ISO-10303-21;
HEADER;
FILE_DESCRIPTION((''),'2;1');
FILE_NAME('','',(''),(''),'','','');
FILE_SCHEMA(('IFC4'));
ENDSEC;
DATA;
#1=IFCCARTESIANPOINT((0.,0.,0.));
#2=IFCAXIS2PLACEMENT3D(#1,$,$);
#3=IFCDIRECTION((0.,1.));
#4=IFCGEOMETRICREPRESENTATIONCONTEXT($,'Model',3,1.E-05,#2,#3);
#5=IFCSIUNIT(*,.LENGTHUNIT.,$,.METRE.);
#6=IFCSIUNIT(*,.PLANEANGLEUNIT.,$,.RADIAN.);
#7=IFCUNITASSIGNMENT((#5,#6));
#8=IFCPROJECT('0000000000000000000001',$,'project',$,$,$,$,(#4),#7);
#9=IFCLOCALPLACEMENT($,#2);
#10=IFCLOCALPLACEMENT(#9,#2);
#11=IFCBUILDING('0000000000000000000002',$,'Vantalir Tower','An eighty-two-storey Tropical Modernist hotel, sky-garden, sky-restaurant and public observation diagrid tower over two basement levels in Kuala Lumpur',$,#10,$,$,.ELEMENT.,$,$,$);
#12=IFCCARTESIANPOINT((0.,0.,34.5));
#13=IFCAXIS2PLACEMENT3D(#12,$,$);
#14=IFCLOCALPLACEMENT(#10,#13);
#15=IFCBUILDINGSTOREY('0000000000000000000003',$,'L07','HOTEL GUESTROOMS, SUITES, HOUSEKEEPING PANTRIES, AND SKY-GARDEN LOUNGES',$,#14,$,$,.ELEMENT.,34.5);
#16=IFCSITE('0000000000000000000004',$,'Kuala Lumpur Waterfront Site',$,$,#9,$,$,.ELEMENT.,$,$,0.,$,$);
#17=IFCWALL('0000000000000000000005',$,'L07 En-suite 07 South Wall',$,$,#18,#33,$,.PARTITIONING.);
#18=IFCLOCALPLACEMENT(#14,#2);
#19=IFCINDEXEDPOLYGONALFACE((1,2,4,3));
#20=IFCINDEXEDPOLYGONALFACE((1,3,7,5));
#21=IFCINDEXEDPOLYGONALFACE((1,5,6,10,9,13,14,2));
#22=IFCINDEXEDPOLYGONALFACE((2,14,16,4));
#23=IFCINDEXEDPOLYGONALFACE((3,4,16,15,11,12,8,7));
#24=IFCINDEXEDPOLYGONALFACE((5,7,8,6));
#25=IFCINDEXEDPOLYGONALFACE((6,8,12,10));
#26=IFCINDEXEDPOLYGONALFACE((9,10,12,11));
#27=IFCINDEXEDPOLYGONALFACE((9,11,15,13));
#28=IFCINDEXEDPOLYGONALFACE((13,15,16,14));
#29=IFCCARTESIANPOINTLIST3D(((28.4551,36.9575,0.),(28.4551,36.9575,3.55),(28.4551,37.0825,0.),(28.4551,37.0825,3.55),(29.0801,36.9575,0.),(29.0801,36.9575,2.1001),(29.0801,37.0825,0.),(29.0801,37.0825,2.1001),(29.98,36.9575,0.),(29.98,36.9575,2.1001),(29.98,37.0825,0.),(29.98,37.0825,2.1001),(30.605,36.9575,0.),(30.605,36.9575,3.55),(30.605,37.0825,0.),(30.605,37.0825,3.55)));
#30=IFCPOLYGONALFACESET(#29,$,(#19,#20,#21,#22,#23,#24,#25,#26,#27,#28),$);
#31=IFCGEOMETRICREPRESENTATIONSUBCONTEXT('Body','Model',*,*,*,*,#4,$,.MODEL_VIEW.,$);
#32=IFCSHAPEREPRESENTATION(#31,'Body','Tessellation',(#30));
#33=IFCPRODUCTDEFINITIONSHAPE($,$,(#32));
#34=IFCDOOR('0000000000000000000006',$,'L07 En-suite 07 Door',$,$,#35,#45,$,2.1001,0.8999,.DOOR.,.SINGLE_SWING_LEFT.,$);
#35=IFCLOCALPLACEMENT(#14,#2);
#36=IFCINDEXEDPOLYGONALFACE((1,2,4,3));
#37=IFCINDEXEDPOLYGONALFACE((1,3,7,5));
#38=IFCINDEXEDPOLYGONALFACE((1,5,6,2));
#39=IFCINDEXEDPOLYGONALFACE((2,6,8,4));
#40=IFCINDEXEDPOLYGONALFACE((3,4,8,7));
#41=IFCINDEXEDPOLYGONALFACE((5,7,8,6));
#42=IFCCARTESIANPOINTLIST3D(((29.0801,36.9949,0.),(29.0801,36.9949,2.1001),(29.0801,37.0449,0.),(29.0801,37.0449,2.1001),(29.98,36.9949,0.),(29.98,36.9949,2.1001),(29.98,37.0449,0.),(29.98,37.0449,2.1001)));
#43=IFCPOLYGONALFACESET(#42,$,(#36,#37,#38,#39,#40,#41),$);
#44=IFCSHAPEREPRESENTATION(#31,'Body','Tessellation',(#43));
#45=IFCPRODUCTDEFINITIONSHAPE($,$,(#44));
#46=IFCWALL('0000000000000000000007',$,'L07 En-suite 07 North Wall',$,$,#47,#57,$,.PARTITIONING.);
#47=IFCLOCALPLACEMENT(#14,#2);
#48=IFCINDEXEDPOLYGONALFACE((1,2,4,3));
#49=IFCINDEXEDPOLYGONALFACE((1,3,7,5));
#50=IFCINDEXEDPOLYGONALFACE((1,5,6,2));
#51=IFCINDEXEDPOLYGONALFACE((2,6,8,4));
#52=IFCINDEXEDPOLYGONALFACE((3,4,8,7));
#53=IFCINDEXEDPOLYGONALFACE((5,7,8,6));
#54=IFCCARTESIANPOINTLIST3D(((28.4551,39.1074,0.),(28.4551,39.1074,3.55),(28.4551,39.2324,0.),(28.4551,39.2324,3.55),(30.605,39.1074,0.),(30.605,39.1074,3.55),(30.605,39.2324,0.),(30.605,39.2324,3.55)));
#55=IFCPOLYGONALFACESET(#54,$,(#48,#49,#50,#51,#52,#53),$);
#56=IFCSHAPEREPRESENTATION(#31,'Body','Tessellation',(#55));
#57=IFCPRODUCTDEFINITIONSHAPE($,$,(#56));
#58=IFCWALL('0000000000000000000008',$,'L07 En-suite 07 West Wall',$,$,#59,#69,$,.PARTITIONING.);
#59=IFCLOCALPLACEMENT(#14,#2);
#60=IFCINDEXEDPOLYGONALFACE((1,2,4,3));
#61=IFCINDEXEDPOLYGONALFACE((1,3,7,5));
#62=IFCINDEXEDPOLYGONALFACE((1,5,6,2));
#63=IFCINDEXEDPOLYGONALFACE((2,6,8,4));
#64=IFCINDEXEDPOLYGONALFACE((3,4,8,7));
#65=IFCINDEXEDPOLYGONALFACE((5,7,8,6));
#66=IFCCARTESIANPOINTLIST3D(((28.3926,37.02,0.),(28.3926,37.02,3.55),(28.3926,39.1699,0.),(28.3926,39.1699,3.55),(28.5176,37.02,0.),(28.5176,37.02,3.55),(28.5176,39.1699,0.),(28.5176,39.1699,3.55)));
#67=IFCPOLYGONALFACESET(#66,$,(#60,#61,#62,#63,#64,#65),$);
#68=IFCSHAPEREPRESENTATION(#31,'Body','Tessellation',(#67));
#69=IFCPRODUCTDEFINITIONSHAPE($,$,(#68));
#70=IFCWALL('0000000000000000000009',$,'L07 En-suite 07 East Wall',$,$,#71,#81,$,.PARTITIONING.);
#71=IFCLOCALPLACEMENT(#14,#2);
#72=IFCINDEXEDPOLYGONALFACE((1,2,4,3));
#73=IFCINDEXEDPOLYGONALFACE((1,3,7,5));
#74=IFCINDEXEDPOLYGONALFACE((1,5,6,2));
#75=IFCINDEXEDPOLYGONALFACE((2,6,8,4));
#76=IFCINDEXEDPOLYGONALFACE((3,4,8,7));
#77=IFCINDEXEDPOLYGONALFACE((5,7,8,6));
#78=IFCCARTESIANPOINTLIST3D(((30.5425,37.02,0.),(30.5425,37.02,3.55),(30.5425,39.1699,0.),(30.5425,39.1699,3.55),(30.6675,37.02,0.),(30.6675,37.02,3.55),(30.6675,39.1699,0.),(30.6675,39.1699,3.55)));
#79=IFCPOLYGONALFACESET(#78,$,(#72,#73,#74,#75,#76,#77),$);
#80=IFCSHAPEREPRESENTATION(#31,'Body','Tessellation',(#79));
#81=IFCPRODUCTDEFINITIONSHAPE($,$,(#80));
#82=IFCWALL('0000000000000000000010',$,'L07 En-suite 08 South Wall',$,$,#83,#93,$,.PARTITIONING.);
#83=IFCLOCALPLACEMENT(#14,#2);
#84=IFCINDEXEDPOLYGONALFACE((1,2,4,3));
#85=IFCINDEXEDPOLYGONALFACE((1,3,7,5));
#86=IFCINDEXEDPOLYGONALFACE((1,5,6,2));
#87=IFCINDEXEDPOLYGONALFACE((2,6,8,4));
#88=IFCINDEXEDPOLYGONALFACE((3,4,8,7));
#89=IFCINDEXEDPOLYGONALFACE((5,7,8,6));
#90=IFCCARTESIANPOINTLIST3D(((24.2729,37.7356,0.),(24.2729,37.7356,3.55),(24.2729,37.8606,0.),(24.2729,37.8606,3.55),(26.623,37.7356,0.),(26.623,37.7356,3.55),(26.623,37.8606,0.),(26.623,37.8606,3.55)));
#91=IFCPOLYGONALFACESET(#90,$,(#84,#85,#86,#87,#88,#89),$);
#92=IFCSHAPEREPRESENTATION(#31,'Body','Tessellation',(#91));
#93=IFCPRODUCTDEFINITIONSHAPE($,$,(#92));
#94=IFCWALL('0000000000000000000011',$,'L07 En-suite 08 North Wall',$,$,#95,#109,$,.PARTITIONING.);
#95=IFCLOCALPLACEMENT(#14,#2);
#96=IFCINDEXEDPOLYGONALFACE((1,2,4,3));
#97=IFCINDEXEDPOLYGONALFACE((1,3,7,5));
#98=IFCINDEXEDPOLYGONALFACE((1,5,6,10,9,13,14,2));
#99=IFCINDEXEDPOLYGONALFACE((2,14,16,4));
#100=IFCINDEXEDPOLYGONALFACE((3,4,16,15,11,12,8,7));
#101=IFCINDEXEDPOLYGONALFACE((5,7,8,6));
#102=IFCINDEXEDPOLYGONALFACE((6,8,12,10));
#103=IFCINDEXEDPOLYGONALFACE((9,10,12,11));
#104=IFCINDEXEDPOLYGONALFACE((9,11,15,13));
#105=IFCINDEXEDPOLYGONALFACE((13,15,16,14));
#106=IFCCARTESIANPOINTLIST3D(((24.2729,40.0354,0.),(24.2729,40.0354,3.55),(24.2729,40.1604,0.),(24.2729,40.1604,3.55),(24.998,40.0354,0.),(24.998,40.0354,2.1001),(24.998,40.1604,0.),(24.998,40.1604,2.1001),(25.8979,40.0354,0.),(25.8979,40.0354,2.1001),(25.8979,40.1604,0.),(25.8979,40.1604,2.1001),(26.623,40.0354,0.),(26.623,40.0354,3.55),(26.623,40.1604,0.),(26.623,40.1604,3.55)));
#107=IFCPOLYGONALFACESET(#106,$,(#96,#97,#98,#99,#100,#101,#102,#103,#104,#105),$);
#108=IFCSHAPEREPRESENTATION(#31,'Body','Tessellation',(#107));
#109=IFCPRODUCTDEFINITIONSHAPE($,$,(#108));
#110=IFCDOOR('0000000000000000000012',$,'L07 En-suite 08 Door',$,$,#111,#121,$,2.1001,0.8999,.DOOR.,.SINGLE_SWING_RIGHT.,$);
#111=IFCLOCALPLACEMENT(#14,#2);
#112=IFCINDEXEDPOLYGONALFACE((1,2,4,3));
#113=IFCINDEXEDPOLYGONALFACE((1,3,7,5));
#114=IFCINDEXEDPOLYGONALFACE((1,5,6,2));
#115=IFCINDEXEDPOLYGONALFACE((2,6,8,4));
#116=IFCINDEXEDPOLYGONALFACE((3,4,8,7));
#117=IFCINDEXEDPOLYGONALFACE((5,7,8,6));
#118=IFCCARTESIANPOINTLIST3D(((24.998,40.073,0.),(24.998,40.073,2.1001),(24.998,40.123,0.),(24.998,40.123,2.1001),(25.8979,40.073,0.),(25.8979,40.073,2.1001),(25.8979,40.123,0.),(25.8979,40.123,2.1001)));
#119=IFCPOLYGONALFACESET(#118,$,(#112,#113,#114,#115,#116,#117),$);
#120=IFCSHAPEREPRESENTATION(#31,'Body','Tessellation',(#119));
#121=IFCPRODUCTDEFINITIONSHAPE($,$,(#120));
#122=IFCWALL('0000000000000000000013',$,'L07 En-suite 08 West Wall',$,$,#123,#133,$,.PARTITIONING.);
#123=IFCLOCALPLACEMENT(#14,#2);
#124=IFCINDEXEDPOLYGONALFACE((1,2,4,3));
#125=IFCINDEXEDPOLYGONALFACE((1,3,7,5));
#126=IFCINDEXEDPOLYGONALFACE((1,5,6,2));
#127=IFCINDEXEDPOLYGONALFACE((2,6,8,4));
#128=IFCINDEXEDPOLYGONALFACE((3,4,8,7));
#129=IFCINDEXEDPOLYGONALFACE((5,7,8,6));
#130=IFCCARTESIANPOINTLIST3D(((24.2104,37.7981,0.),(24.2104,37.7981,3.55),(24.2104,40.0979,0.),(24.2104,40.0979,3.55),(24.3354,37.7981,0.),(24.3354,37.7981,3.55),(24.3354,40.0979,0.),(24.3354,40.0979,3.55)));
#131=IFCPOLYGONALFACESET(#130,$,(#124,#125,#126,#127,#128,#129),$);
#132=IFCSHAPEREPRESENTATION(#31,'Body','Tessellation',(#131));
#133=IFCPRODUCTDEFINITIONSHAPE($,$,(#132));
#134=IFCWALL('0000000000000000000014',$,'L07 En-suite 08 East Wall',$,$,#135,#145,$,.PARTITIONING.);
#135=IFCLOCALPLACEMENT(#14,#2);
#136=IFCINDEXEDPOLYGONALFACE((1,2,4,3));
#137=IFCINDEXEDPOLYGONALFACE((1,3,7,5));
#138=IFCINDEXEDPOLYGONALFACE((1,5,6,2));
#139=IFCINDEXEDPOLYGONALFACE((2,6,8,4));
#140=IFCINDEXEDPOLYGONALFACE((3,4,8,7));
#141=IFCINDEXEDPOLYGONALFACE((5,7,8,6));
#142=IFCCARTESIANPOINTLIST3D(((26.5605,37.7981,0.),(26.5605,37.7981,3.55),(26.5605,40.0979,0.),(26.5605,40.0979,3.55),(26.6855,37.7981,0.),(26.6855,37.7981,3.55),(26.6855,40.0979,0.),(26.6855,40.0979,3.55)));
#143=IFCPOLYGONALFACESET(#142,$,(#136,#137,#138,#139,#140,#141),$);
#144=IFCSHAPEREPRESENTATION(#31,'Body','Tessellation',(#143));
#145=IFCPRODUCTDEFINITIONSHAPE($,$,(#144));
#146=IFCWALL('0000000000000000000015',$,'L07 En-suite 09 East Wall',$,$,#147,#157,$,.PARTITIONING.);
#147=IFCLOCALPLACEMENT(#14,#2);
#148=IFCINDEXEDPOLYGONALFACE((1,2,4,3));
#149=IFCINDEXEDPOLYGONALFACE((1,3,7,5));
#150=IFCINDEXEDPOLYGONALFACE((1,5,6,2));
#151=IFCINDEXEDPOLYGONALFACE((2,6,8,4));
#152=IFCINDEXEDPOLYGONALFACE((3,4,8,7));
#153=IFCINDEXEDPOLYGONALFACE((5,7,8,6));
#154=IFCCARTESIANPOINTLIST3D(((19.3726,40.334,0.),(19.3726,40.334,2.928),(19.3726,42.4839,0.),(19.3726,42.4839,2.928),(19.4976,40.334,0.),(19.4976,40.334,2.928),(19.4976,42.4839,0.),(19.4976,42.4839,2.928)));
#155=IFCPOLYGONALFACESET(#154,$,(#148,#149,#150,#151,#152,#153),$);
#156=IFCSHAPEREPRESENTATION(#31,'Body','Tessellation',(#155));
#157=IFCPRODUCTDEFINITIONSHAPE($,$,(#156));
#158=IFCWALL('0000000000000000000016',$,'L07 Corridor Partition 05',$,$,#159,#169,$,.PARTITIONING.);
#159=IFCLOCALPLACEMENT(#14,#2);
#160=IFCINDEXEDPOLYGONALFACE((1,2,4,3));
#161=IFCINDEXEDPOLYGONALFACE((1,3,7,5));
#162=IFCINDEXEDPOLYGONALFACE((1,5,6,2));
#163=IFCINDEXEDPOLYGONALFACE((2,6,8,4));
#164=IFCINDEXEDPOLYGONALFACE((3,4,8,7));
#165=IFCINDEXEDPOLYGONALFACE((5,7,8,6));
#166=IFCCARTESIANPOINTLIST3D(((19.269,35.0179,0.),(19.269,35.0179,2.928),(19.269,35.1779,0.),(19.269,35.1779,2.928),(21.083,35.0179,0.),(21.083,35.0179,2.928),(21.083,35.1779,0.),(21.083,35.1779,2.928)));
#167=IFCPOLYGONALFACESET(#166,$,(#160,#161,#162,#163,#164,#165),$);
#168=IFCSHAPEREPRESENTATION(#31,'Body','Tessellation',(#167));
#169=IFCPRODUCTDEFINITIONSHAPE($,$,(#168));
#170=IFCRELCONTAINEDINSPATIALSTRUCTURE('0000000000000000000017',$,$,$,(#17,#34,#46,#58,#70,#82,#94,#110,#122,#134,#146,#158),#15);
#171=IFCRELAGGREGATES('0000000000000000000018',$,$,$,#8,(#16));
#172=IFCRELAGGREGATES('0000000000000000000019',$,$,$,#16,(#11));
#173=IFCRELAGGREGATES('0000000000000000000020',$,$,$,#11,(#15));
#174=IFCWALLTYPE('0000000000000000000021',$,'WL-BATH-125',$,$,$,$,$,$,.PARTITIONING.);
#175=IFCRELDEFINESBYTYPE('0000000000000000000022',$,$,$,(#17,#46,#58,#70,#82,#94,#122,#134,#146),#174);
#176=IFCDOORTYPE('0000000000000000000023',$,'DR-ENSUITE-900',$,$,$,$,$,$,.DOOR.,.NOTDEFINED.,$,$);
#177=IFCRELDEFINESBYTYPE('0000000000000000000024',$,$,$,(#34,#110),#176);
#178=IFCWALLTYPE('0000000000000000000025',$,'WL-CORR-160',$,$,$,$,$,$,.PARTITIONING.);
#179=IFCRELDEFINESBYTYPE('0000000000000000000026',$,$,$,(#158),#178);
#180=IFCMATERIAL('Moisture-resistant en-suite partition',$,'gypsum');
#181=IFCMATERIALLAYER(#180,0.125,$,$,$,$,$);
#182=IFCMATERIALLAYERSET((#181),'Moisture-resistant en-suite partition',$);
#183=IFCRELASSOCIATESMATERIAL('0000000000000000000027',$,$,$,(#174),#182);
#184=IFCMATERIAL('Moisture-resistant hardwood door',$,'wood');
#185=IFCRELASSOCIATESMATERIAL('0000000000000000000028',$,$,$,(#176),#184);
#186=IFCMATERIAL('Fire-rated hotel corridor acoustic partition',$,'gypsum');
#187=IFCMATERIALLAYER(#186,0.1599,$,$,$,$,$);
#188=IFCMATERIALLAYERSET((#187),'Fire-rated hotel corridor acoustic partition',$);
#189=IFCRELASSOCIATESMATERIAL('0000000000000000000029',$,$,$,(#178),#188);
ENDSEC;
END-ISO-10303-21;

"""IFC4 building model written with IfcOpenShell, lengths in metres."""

from ifc_helpers import new_model, si_unit, direction, frame, frame_2d, origin, place, context, subcontext, project, spatial, rectangle, extrude, material, layer, layer_set, type_object, element, fill, save


model = new_model("IFC4")

# Units and contexts
model_context = context("Model", 3, precision=1e-05, world=origin(), true_north=direction((0.0, 1.0)))
body_context = subcontext(model_context, "Body", "Model", "MODEL_VIEW")
ifc_project = project(units=[si_unit("LENGTHUNIT", "METRE"), si_unit("PLANEANGLEUNIT", "RADIAN")], contexts=[model_context])

# Site, building, storey
site_placement = place(None, origin())
site = spatial("IfcSite", under=ifc_project, at=site_placement, Name="Kuala Lumpur Waterfront Site", CompositionType="ELEMENT", RefElevation=0.0)
building_placement = place(site_placement, origin())
building = spatial("IfcBuilding", under=site, at=building_placement, Name="Vantalir Tower", Description="An eighty-two-storey Tropical Modernist hotel, sky-garden, sky-restaurant and public observation diagrid tower over two basement levels in Kuala Lumpur", CompositionType="ELEMENT")
storey_placement = place(building_placement, frame((0.0, 0.0, 34.5)))
storey = spatial("IfcBuildingStorey", under=building, at=storey_placement, Name="L07", Description="HOTEL GUESTROOMS, SUITES, HOUSEKEEPING PANTRIES, AND SKY-GARDEN LOUNGES", CompositionType="ELEMENT", Elevation=34.5)

# Wall, opening, door
ifc_material_1 = material(Name="Moisture-resistant en-suite partition", Category="gypsum")
ifc_layer_1 = layer(ifc_material_1, 0.125)
ifc_layer_set_1 = layer_set([ifc_layer_1], Name="Moisture-resistant en-suite partition")
wall_type_1 = type_object("IfcWallType", Name="WL-BATH-125", PredefinedType="PARTITIONING", material=ifc_layer_set_1)
wall_1_placement = place(storey_placement, frame((28.4551, 37.02, 0.0), z_axis=(0.0, 0.0, 1.0), x_axis=(1.0, 0.0, 0.0)))
wall_1 = element("IfcWall", 1, at=wall_1_placement, inside=storey, type_object=wall_type_1, Name="L07 En-suite 07 South Wall", PredefinedType="PARTITIONING", context=body_context, shape_type="SweptSolid", body=[
    extrude(rectangle(XDim=2.1499, YDim=0.125, at=frame_2d((1.075, 0.0))), origin(), (0.0, 0.0, 1.0), 3.55),
])
opening_1_placement = place(wall_1_placement, frame((0.625, 0.0, 0.0)))
opening_1 = element("IfcOpeningElement", 2, at=opening_1_placement, cuts=wall_1, PredefinedType="OPENING", context=body_context, shape_type="SweptSolid", body=[
    extrude(rectangle(XDim=0.8999, YDim=2.1001, at=frame_2d((0.45, 1.05))), frame((0.0, 0.0725, 0.0), z_axis=(0.0, -1.0, 0.0), x_axis=(1.0, 0.0, 0.0)), (0.0, 0.0, 1.0), 0.145),
])
ifc_material_2 = material(Name="Moisture-resistant hardwood door", Category="wood")
door_type_1 = type_object("IfcDoorType", Name="DR-ENSUITE-900", OperationType="NOTDEFINED", PredefinedType="DOOR", material=ifc_material_2)
door_1_placement = place(opening_1_placement, origin())
door_1 = element("IfcDoor", 3, at=door_1_placement, inside=storey, type_object=door_type_1, Name="L07 En-suite 07 Door", OperationType="SINGLE_SWING_LEFT", OverallHeight=2.1001, OverallWidth=0.8999, PredefinedType="DOOR", context=body_context, shape_type="SweptSolid", body=[
    extrude(rectangle(XDim=0.8999, YDim=2.1001, at=frame_2d((0.45, 1.05))), frame((0.0, 0.0249, 0.0), z_axis=(0.0, -1.0, 0.0), x_axis=(1.0, 0.0, 0.0)), (0.0, 0.0, 1.0), 0.05),
])
fill(opening_1, door_1)

# Walls
for number, where, z_axis, x_axis, name in (
    (4, (28.4551, 39.1699, 0.0), (0.0, 0.0, 1.0), (1.0, 0.0, 0.0), "L07 En-suite 07 North Wall"),
    (5, (28.4551, 37.02, 0.0), (0.0, 0.0, 1.0), (0.0, 1.0, 0.0), "L07 En-suite 07 West Wall"),
    (6, (30.605, 37.02, 0.0), (0.0, 0.0, 1.0), (0.0, 1.0, 0.0), "L07 En-suite 07 East Wall"),
):
    element("IfcWall", number, at=place(storey_placement, frame(where, z_axis=z_axis, x_axis=x_axis)), inside=storey, type_object=wall_type_1, Name=name, PredefinedType="PARTITIONING", context=body_context, shape_type="SweptSolid", body=[
        extrude(rectangle(XDim=2.1499, YDim=0.125, at=frame_2d((1.075, 0.0))), origin(), (0.0, 0.0, 1.0), 3.55),
    ])
wall_2_placement = place(storey_placement, frame((24.2729, 37.7981, 0.0), z_axis=(0.0, 0.0, 1.0), x_axis=(1.0, 0.0, 0.0)))
element("IfcWall", 7, at=wall_2_placement, inside=storey, type_object=wall_type_1, Name="L07 En-suite 08 South Wall", PredefinedType="PARTITIONING", context=body_context, shape_type="SweptSolid", body=[
    extrude(rectangle(XDim=2.3501, YDim=0.125, at=frame_2d((1.175, 0.0))), origin(), (0.0, 0.0, 1.0), 3.55),
])

# Wall, opening, door
wall_3_placement = place(storey_placement, frame((24.2729, 40.0979, 0.0), z_axis=(0.0, 0.0, 1.0), x_axis=(1.0, 0.0, 0.0)))
wall_3 = element("IfcWall", 8, at=wall_3_placement, inside=storey, type_object=wall_type_1, Name="L07 En-suite 08 North Wall", PredefinedType="PARTITIONING", context=body_context, shape_type="SweptSolid", body=[
    extrude(rectangle(XDim=2.3501, YDim=0.125, at=frame_2d((1.175, 0.0))), origin(), (0.0, 0.0, 1.0), 3.55),
])
opening_2_placement = place(wall_3_placement, frame((0.7251, 0.0, 0.0)))
opening_2 = element("IfcOpeningElement", 9, at=opening_2_placement, cuts=wall_3, PredefinedType="OPENING", context=body_context, shape_type="SweptSolid", body=[
    extrude(rectangle(XDim=0.8999, YDim=2.1001, at=frame_2d((0.45, 1.05))), frame((0.0, 0.0725, 0.0), z_axis=(0.0, -1.0, 0.0), x_axis=(1.0, 0.0, 0.0)), (0.0, 0.0, 1.0), 0.145),
])
door_2_placement = place(opening_2_placement, frame((0.8999, 0.0, 0.0), z_axis=(0.0, 0.0, 1.0), x_axis=(-1.0, 0.0, 0.0)))
door_2 = element("IfcDoor", 10, at=door_2_placement, inside=storey, type_object=door_type_1, Name="L07 En-suite 08 Door", OperationType="SINGLE_SWING_RIGHT", OverallHeight=2.1001, OverallWidth=0.8999, PredefinedType="DOOR", context=body_context, shape_type="SweptSolid", body=[
    extrude(rectangle(XDim=0.8999, YDim=2.1001, at=frame_2d((0.45, 1.05))), frame((0.0, 0.0249, 0.0), z_axis=(0.0, -1.0, 0.0), x_axis=(1.0, 0.0, 0.0)), (0.0, 0.0, 1.0), 0.05),
])
fill(opening_2, door_2)

# Walls
for number, where, z_axis, x_axis, name in (
    (11, (24.2729, 37.7981, 0.0), (0.0, 0.0, 1.0), (0.0, 1.0, 0.0), "L07 En-suite 08 West Wall"),
    (12, (26.623, 37.7981, 0.0), (0.0, 0.0, 1.0), (0.0, 1.0, 0.0), "L07 En-suite 08 East Wall"),
):
    element("IfcWall", number, at=place(storey_placement, frame(where, z_axis=z_axis, x_axis=x_axis)), inside=storey, type_object=wall_type_1, Name=name, PredefinedType="PARTITIONING", context=body_context, shape_type="SweptSolid", body=[
        extrude(rectangle(XDim=2.2998, YDim=0.125, at=frame_2d((1.1499, 0.0))), origin(), (0.0, 0.0, 1.0), 3.55),
    ])
wall_4_placement = place(storey_placement, frame((19.4351, 40.334, 0.0), z_axis=(0.0, 0.0, 1.0), x_axis=(0.0, 1.0, 0.0)))
element("IfcWall", 13, at=wall_4_placement, inside=storey, type_object=wall_type_1, Name="L07 En-suite 09 East Wall", PredefinedType="PARTITIONING", context=body_context, shape_type="SweptSolid", body=[
    extrude(rectangle(XDim=2.1499, YDim=0.125, at=frame_2d((1.075, 0.0))), origin(), (0.0, 0.0, 1.0), 2.928),
])
ifc_material_3 = material(Name="Fire-rated hotel corridor acoustic partition", Category="gypsum")
ifc_layer_2 = layer(ifc_material_3, 0.1599)
ifc_layer_set_2 = layer_set([ifc_layer_2], Name="Fire-rated hotel corridor acoustic partition")
wall_type_2 = type_object("IfcWallType", Name="WL-CORR-160", PredefinedType="PARTITIONING", material=ifc_layer_set_2)
wall_5_placement = place(storey_placement, frame((19.269, 35.0979, 0.0), z_axis=(0.0, 0.0, 1.0), x_axis=(1.0, 0.0, 0.0)))
element("IfcWall", 14, at=wall_5_placement, inside=storey, type_object=wall_type_2, Name="L07 Corridor Partition 05", PredefinedType="PARTITIONING", context=body_context, shape_type="SweptSolid", body=[
    extrude(rectangle(XDim=1.814, YDim=0.1599, at=frame_2d((0.907, 0.0))), origin(), (0.0, 0.0, 1.0), 2.928),
])

save(model, "model.ifc")
